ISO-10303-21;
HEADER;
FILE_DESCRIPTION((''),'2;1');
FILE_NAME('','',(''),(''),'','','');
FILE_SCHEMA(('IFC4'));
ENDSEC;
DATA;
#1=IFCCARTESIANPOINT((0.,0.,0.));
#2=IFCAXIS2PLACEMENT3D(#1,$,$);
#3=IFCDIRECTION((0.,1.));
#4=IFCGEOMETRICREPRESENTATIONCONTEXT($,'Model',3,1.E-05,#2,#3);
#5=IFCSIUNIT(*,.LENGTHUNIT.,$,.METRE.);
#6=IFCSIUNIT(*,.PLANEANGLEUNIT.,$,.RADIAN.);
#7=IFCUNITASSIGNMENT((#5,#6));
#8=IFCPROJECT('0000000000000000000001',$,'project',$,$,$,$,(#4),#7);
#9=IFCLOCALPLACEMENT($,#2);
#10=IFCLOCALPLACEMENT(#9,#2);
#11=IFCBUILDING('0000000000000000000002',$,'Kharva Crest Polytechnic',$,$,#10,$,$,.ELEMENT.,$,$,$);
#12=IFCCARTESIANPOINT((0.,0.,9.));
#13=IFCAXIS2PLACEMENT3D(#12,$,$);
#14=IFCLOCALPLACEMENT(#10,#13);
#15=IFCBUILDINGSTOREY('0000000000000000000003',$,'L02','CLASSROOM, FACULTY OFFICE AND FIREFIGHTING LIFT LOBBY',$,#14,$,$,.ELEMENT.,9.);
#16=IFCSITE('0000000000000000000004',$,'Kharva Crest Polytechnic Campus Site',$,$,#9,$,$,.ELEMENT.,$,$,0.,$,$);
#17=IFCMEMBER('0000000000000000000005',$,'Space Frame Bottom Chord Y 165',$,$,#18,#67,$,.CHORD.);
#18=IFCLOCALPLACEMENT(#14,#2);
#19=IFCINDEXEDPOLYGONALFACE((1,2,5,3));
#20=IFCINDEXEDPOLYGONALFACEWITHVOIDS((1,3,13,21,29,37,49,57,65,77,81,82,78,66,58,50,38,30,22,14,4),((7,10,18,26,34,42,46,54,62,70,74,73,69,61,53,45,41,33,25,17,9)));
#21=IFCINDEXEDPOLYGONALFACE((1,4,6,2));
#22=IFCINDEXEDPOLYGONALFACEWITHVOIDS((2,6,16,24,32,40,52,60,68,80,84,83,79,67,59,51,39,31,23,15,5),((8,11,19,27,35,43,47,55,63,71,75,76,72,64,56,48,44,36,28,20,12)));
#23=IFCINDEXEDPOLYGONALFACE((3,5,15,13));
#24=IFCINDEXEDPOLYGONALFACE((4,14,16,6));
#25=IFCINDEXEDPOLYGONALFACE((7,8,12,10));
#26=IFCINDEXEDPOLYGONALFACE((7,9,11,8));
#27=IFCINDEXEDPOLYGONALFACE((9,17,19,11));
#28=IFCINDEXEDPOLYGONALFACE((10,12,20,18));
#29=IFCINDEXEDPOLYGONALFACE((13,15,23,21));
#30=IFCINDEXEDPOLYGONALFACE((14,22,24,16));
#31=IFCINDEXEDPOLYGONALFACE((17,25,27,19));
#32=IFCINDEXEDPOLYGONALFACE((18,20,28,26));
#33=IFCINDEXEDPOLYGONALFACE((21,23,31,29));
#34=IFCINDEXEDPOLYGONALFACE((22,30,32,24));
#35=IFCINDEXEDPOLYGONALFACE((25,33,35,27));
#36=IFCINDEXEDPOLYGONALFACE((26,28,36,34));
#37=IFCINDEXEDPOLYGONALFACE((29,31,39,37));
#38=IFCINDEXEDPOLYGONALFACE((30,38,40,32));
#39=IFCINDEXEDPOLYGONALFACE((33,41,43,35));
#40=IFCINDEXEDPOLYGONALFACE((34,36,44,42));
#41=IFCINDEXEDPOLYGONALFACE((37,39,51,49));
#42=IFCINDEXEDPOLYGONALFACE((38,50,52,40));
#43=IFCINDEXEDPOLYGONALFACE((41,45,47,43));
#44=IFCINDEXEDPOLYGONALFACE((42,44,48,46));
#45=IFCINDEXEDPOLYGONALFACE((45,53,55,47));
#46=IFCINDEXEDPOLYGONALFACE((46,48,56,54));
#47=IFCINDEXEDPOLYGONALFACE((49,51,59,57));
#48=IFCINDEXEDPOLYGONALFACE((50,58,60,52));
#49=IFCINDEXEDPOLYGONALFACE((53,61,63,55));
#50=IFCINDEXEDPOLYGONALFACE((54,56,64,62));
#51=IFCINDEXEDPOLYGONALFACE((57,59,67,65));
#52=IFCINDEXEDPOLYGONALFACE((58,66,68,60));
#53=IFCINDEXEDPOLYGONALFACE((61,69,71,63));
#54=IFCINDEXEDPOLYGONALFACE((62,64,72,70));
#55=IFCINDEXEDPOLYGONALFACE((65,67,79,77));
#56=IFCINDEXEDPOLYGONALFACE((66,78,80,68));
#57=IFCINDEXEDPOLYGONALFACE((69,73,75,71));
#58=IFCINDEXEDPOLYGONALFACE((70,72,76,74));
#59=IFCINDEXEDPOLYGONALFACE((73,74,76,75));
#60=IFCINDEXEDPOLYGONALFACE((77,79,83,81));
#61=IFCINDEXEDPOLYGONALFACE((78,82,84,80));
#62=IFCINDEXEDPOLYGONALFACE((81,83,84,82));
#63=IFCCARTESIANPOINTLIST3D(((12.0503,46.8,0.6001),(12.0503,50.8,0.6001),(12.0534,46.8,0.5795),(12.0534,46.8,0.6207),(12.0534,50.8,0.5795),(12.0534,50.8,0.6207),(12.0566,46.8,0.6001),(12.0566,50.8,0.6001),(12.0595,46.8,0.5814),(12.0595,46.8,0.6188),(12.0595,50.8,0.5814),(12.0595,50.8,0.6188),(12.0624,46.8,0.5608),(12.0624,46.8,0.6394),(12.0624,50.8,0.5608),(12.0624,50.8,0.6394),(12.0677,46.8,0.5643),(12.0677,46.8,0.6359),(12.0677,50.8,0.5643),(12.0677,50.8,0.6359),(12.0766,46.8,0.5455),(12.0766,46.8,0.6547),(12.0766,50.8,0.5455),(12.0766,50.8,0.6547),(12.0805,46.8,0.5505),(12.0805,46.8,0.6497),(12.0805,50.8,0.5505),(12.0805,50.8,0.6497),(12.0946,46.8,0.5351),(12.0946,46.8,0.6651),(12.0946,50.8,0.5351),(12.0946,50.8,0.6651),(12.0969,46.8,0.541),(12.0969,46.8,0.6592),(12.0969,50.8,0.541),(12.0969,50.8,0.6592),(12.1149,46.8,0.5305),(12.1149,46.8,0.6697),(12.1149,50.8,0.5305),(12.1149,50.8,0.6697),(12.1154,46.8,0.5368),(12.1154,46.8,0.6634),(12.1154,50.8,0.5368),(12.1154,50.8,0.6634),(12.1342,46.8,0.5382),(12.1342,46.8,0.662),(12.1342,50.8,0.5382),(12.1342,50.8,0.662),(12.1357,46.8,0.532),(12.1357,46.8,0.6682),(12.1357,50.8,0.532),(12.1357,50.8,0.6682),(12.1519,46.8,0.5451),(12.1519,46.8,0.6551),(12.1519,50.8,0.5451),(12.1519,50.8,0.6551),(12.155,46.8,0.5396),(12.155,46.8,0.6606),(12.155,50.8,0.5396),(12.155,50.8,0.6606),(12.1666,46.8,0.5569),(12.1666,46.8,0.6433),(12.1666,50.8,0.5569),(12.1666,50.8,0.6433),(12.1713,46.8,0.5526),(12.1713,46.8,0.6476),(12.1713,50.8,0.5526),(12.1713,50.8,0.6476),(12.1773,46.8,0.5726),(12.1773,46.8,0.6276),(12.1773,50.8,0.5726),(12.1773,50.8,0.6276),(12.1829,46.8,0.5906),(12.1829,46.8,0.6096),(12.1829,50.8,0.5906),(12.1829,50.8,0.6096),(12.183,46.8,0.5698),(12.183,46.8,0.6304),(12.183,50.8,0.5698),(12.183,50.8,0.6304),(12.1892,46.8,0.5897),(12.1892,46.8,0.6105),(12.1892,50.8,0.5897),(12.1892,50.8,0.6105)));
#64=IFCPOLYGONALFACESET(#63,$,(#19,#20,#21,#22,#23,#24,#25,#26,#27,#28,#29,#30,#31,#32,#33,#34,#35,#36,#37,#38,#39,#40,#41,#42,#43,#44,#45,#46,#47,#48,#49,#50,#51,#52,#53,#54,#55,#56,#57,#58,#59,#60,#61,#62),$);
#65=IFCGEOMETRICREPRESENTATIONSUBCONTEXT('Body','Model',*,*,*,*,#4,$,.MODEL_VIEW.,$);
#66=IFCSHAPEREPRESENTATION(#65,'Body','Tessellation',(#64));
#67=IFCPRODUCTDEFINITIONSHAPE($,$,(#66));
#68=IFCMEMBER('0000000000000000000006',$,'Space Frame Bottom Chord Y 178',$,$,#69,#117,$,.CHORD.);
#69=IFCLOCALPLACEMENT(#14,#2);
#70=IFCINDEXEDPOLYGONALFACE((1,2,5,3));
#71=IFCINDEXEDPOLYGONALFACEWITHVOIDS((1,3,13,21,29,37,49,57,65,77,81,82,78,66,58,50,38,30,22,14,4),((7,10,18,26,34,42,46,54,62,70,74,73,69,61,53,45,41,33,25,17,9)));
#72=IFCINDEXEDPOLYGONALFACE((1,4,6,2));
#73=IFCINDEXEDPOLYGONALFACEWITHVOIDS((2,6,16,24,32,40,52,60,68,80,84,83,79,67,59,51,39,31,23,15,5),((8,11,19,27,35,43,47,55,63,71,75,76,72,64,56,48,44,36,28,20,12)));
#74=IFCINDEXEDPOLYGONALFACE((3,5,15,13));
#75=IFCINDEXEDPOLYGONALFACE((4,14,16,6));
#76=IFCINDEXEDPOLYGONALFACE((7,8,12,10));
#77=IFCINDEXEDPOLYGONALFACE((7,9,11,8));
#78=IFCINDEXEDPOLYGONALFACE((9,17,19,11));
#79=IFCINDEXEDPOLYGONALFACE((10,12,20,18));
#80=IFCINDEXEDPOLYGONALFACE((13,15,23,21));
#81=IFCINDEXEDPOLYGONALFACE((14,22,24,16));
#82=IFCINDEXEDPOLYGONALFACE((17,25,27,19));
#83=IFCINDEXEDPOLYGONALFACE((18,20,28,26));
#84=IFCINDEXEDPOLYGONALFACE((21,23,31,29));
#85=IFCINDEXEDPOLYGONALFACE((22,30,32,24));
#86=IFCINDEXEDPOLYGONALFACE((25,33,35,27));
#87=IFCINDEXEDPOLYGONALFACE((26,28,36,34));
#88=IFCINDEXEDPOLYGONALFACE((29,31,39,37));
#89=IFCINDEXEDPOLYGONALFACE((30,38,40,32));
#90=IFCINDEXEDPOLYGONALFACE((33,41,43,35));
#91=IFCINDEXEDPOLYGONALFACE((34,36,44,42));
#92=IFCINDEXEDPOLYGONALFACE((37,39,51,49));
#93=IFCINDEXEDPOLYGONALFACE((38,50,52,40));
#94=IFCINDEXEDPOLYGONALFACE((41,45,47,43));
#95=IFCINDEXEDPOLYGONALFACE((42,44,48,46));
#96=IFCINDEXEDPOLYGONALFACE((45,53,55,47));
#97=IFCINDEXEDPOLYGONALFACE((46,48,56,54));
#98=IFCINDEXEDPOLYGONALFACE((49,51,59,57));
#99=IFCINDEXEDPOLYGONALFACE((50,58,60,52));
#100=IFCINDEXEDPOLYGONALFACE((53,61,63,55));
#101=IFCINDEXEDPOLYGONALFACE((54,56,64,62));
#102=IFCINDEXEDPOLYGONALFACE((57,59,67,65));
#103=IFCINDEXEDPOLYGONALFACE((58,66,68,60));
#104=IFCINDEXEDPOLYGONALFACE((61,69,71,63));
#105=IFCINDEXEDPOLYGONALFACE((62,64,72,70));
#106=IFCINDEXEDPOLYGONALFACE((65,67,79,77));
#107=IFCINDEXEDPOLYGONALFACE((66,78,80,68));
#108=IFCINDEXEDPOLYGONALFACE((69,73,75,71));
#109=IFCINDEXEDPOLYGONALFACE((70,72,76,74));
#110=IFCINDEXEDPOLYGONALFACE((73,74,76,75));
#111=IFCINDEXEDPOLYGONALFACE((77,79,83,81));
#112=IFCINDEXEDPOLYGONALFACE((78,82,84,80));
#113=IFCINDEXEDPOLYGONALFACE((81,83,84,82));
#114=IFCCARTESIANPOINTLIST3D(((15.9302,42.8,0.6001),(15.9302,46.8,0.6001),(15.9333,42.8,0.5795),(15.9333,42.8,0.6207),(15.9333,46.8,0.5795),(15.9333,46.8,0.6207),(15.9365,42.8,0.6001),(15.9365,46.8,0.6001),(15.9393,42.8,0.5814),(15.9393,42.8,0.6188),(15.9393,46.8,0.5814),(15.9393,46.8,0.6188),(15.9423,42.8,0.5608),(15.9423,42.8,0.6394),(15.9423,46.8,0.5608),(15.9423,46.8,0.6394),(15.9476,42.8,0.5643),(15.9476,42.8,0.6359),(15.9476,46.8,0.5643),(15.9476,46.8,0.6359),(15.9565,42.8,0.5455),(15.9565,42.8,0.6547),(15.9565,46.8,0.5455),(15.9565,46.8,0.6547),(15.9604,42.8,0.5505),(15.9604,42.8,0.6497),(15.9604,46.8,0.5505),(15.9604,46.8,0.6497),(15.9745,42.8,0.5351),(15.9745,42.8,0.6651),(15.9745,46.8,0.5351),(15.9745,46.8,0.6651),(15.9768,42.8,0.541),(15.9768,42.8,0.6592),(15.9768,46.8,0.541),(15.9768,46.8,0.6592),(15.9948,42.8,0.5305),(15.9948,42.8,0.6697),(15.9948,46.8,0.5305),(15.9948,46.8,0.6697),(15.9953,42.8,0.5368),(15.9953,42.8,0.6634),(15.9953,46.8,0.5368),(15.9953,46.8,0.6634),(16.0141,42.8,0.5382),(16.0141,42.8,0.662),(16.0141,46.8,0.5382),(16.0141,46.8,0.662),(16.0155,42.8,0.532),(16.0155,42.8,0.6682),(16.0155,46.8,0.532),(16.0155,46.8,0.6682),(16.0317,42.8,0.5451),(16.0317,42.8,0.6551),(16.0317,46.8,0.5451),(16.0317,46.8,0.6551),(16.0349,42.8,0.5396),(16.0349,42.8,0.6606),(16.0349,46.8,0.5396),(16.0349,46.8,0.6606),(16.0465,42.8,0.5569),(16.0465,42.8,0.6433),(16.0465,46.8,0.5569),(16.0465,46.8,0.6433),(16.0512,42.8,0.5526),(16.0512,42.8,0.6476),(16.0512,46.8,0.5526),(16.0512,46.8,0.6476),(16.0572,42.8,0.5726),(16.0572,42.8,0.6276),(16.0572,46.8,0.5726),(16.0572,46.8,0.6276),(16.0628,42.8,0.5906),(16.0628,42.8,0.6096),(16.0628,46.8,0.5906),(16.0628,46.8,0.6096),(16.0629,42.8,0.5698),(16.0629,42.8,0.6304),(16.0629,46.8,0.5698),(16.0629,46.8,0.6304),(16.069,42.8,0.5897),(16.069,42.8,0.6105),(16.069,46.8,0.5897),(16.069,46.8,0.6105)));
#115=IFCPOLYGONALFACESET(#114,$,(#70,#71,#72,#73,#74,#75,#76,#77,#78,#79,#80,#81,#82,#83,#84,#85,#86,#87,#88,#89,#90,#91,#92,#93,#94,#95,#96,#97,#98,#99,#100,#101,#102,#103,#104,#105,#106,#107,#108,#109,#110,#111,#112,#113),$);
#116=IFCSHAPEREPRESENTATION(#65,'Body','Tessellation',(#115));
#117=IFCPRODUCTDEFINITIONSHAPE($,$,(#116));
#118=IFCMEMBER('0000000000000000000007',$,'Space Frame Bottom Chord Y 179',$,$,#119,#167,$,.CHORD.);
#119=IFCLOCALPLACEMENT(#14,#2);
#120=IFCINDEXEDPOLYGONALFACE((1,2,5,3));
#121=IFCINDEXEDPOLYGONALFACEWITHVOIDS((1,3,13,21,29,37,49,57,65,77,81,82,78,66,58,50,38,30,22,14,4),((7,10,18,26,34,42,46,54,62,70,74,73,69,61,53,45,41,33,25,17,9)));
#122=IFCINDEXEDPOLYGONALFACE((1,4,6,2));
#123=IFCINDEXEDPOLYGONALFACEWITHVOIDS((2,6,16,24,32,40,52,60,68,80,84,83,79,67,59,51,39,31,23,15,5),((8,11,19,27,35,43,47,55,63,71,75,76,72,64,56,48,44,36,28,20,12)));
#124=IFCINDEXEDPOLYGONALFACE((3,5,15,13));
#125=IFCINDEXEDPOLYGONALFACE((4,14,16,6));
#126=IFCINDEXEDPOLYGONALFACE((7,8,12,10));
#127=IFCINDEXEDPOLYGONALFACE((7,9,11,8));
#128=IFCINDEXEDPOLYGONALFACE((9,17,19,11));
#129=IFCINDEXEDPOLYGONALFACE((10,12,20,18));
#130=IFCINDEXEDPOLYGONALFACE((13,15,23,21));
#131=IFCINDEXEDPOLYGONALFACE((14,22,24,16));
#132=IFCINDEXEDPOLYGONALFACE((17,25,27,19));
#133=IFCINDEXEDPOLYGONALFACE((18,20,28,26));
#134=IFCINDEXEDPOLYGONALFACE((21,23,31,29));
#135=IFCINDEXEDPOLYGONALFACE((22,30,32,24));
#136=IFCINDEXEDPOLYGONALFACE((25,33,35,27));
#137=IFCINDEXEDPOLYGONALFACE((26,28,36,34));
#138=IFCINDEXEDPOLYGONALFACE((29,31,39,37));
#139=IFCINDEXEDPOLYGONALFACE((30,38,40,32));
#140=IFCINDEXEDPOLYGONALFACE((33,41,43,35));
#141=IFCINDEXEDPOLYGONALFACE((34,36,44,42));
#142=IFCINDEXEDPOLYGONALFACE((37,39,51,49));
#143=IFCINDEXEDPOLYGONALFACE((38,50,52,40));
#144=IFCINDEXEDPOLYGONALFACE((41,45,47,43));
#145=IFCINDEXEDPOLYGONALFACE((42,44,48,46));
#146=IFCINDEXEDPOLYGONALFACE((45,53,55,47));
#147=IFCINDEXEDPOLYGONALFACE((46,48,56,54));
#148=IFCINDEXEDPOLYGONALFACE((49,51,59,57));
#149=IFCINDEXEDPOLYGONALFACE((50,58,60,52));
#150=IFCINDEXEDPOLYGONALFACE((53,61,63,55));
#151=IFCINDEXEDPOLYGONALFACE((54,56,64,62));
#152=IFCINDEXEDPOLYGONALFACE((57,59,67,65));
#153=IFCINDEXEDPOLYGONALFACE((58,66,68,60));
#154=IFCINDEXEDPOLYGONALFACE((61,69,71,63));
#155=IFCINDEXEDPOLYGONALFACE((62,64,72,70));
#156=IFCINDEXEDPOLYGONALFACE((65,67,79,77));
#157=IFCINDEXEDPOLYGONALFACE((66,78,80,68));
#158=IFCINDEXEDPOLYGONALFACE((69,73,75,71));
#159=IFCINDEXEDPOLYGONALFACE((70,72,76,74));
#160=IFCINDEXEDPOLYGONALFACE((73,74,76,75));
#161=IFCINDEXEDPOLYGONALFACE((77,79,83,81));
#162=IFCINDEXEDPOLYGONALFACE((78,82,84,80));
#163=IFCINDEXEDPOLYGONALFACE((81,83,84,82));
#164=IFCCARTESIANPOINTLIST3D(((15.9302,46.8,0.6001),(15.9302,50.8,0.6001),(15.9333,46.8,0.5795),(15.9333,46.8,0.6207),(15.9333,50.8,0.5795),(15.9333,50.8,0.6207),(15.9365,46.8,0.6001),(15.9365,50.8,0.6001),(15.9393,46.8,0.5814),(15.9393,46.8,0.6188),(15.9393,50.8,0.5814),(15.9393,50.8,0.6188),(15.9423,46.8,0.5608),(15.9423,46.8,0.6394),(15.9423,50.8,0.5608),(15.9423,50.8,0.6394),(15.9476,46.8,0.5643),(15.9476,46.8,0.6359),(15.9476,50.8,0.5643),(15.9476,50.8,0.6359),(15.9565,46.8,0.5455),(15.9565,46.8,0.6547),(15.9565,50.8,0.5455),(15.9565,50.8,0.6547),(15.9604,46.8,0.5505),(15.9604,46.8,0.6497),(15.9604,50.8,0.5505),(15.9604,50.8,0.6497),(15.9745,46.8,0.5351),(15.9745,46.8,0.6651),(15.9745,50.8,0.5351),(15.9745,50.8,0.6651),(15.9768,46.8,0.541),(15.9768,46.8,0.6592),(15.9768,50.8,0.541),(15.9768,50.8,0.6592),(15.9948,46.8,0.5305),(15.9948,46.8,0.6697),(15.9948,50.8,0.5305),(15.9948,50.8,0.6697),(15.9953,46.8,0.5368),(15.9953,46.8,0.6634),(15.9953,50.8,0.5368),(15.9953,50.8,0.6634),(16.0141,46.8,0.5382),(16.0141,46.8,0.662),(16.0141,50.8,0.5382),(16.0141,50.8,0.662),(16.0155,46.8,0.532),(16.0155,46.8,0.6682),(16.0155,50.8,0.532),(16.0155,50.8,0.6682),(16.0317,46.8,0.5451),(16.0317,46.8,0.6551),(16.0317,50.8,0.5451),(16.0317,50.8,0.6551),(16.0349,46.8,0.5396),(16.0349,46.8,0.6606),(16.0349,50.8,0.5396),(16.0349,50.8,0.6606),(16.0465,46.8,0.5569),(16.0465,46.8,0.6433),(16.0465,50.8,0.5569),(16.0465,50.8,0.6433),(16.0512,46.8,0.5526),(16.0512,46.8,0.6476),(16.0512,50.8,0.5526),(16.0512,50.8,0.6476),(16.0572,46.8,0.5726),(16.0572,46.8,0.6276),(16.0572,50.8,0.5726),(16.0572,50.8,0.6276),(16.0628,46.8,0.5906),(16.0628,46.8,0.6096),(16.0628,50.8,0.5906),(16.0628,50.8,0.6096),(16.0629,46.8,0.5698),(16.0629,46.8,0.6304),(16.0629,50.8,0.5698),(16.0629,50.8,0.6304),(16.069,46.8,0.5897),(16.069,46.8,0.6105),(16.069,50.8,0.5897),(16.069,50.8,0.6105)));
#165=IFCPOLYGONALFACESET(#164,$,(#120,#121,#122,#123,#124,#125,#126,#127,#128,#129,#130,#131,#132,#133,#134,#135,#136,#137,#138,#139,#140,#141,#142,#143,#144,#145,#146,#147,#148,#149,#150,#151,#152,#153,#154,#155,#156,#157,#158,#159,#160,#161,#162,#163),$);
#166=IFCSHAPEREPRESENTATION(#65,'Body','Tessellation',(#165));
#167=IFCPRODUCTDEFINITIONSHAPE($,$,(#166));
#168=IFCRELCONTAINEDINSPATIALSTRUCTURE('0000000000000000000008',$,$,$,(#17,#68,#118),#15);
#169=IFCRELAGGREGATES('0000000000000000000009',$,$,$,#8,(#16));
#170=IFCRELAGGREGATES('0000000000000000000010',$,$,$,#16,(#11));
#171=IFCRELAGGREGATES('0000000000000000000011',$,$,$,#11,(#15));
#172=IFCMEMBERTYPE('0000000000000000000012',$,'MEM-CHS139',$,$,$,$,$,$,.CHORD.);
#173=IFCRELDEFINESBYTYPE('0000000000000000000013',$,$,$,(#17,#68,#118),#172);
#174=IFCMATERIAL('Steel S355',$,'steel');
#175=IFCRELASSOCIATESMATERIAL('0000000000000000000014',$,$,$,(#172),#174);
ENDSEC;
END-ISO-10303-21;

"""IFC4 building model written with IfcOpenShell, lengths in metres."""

from ifc_helpers import new_model, si_unit, direction, frame, origin, origin_2d, place, context, subcontext, project, spatial, hollow_circle, extrude, material, material_profile, profile_set, type_object, element, save


model = new_model("IFC4")

# Units and contexts
model_context = context("Model", 3, precision=1e-05, world=origin(), true_north=direction((0.0, 1.0)))
body_context = subcontext(model_context, "Body", "Model", "MODEL_VIEW")
ifc_project = project(units=[si_unit("LENGTHUNIT", "METRE"), si_unit("PLANEANGLEUNIT", "RADIAN")], contexts=[model_context])

# Site, building, storey
site_placement = place(None, origin())
site = spatial("IfcSite", under=ifc_project, at=site_placement, Name="Kharva Crest Polytechnic Campus Site", CompositionType="ELEMENT", RefElevation=0.0)
building_placement = place(site_placement, origin())
building = spatial("IfcBuilding", under=site, at=building_placement, Name="Kharva Crest Polytechnic", CompositionType="ELEMENT")
storey_placement = place(building_placement, frame((0.0, 0.0, 9.0)))
storey = spatial("IfcBuildingStorey", under=building, at=storey_placement, Name="L02", Description="CLASSROOM, FACULTY OFFICE AND FIREFIGHTING LIFT LOBBY", CompositionType="ELEMENT", Elevation=9.0)

# Shared definitions
ifc_material_1 = material(Name="Steel S355", Category="steel")

# Members
ifc_material_profile_1 = material_profile(ifc_material_1, hollow_circle(Radius=0.0698, WallThickness=0.0063, at=origin_2d()), Name="CHS 139.7X6.3")
ifc_profile_set_1 = profile_set([ifc_material_profile_1], Name="Steel S355")
member_type_1 = type_object("IfcMemberType", Name="MEM-CHS139", PredefinedType="CHORD", material=ifc_profile_set_1)
for number, where, z_axis, x_axis, name in (
    (1, (12.1201, 46.8, 0.6001), (0.0, 1.0, 0.0), (-1.0, 0.0, 0.0), "Space Frame Bottom Chord Y 165"),
    (2, (16.0, 42.8, 0.6001), (0.0, 1.0, 0.0), (-1.0, 0.0, 0.0), "Space Frame Bottom Chord Y 178"),
    (3, (16.0, 46.8, 0.6001), (0.0, 1.0, 0.0), (-1.0, 0.0, 0.0), "Space Frame Bottom Chord Y 179"),
):
    element("IfcMember", number, at=place(storey_placement, frame(where, z_axis=z_axis, x_axis=x_axis)), inside=storey, type_object=member_type_1, Name=name, PredefinedType="CHORD", context=body_context, shape_type="SweptSolid", body=[
        extrude(hollow_circle(Radius=0.0698, WallThickness=0.0063, at=origin_2d()), origin(), (0.0, 0.0, 1.0), 4.0),
    ])

save(model, "model.ifc")
